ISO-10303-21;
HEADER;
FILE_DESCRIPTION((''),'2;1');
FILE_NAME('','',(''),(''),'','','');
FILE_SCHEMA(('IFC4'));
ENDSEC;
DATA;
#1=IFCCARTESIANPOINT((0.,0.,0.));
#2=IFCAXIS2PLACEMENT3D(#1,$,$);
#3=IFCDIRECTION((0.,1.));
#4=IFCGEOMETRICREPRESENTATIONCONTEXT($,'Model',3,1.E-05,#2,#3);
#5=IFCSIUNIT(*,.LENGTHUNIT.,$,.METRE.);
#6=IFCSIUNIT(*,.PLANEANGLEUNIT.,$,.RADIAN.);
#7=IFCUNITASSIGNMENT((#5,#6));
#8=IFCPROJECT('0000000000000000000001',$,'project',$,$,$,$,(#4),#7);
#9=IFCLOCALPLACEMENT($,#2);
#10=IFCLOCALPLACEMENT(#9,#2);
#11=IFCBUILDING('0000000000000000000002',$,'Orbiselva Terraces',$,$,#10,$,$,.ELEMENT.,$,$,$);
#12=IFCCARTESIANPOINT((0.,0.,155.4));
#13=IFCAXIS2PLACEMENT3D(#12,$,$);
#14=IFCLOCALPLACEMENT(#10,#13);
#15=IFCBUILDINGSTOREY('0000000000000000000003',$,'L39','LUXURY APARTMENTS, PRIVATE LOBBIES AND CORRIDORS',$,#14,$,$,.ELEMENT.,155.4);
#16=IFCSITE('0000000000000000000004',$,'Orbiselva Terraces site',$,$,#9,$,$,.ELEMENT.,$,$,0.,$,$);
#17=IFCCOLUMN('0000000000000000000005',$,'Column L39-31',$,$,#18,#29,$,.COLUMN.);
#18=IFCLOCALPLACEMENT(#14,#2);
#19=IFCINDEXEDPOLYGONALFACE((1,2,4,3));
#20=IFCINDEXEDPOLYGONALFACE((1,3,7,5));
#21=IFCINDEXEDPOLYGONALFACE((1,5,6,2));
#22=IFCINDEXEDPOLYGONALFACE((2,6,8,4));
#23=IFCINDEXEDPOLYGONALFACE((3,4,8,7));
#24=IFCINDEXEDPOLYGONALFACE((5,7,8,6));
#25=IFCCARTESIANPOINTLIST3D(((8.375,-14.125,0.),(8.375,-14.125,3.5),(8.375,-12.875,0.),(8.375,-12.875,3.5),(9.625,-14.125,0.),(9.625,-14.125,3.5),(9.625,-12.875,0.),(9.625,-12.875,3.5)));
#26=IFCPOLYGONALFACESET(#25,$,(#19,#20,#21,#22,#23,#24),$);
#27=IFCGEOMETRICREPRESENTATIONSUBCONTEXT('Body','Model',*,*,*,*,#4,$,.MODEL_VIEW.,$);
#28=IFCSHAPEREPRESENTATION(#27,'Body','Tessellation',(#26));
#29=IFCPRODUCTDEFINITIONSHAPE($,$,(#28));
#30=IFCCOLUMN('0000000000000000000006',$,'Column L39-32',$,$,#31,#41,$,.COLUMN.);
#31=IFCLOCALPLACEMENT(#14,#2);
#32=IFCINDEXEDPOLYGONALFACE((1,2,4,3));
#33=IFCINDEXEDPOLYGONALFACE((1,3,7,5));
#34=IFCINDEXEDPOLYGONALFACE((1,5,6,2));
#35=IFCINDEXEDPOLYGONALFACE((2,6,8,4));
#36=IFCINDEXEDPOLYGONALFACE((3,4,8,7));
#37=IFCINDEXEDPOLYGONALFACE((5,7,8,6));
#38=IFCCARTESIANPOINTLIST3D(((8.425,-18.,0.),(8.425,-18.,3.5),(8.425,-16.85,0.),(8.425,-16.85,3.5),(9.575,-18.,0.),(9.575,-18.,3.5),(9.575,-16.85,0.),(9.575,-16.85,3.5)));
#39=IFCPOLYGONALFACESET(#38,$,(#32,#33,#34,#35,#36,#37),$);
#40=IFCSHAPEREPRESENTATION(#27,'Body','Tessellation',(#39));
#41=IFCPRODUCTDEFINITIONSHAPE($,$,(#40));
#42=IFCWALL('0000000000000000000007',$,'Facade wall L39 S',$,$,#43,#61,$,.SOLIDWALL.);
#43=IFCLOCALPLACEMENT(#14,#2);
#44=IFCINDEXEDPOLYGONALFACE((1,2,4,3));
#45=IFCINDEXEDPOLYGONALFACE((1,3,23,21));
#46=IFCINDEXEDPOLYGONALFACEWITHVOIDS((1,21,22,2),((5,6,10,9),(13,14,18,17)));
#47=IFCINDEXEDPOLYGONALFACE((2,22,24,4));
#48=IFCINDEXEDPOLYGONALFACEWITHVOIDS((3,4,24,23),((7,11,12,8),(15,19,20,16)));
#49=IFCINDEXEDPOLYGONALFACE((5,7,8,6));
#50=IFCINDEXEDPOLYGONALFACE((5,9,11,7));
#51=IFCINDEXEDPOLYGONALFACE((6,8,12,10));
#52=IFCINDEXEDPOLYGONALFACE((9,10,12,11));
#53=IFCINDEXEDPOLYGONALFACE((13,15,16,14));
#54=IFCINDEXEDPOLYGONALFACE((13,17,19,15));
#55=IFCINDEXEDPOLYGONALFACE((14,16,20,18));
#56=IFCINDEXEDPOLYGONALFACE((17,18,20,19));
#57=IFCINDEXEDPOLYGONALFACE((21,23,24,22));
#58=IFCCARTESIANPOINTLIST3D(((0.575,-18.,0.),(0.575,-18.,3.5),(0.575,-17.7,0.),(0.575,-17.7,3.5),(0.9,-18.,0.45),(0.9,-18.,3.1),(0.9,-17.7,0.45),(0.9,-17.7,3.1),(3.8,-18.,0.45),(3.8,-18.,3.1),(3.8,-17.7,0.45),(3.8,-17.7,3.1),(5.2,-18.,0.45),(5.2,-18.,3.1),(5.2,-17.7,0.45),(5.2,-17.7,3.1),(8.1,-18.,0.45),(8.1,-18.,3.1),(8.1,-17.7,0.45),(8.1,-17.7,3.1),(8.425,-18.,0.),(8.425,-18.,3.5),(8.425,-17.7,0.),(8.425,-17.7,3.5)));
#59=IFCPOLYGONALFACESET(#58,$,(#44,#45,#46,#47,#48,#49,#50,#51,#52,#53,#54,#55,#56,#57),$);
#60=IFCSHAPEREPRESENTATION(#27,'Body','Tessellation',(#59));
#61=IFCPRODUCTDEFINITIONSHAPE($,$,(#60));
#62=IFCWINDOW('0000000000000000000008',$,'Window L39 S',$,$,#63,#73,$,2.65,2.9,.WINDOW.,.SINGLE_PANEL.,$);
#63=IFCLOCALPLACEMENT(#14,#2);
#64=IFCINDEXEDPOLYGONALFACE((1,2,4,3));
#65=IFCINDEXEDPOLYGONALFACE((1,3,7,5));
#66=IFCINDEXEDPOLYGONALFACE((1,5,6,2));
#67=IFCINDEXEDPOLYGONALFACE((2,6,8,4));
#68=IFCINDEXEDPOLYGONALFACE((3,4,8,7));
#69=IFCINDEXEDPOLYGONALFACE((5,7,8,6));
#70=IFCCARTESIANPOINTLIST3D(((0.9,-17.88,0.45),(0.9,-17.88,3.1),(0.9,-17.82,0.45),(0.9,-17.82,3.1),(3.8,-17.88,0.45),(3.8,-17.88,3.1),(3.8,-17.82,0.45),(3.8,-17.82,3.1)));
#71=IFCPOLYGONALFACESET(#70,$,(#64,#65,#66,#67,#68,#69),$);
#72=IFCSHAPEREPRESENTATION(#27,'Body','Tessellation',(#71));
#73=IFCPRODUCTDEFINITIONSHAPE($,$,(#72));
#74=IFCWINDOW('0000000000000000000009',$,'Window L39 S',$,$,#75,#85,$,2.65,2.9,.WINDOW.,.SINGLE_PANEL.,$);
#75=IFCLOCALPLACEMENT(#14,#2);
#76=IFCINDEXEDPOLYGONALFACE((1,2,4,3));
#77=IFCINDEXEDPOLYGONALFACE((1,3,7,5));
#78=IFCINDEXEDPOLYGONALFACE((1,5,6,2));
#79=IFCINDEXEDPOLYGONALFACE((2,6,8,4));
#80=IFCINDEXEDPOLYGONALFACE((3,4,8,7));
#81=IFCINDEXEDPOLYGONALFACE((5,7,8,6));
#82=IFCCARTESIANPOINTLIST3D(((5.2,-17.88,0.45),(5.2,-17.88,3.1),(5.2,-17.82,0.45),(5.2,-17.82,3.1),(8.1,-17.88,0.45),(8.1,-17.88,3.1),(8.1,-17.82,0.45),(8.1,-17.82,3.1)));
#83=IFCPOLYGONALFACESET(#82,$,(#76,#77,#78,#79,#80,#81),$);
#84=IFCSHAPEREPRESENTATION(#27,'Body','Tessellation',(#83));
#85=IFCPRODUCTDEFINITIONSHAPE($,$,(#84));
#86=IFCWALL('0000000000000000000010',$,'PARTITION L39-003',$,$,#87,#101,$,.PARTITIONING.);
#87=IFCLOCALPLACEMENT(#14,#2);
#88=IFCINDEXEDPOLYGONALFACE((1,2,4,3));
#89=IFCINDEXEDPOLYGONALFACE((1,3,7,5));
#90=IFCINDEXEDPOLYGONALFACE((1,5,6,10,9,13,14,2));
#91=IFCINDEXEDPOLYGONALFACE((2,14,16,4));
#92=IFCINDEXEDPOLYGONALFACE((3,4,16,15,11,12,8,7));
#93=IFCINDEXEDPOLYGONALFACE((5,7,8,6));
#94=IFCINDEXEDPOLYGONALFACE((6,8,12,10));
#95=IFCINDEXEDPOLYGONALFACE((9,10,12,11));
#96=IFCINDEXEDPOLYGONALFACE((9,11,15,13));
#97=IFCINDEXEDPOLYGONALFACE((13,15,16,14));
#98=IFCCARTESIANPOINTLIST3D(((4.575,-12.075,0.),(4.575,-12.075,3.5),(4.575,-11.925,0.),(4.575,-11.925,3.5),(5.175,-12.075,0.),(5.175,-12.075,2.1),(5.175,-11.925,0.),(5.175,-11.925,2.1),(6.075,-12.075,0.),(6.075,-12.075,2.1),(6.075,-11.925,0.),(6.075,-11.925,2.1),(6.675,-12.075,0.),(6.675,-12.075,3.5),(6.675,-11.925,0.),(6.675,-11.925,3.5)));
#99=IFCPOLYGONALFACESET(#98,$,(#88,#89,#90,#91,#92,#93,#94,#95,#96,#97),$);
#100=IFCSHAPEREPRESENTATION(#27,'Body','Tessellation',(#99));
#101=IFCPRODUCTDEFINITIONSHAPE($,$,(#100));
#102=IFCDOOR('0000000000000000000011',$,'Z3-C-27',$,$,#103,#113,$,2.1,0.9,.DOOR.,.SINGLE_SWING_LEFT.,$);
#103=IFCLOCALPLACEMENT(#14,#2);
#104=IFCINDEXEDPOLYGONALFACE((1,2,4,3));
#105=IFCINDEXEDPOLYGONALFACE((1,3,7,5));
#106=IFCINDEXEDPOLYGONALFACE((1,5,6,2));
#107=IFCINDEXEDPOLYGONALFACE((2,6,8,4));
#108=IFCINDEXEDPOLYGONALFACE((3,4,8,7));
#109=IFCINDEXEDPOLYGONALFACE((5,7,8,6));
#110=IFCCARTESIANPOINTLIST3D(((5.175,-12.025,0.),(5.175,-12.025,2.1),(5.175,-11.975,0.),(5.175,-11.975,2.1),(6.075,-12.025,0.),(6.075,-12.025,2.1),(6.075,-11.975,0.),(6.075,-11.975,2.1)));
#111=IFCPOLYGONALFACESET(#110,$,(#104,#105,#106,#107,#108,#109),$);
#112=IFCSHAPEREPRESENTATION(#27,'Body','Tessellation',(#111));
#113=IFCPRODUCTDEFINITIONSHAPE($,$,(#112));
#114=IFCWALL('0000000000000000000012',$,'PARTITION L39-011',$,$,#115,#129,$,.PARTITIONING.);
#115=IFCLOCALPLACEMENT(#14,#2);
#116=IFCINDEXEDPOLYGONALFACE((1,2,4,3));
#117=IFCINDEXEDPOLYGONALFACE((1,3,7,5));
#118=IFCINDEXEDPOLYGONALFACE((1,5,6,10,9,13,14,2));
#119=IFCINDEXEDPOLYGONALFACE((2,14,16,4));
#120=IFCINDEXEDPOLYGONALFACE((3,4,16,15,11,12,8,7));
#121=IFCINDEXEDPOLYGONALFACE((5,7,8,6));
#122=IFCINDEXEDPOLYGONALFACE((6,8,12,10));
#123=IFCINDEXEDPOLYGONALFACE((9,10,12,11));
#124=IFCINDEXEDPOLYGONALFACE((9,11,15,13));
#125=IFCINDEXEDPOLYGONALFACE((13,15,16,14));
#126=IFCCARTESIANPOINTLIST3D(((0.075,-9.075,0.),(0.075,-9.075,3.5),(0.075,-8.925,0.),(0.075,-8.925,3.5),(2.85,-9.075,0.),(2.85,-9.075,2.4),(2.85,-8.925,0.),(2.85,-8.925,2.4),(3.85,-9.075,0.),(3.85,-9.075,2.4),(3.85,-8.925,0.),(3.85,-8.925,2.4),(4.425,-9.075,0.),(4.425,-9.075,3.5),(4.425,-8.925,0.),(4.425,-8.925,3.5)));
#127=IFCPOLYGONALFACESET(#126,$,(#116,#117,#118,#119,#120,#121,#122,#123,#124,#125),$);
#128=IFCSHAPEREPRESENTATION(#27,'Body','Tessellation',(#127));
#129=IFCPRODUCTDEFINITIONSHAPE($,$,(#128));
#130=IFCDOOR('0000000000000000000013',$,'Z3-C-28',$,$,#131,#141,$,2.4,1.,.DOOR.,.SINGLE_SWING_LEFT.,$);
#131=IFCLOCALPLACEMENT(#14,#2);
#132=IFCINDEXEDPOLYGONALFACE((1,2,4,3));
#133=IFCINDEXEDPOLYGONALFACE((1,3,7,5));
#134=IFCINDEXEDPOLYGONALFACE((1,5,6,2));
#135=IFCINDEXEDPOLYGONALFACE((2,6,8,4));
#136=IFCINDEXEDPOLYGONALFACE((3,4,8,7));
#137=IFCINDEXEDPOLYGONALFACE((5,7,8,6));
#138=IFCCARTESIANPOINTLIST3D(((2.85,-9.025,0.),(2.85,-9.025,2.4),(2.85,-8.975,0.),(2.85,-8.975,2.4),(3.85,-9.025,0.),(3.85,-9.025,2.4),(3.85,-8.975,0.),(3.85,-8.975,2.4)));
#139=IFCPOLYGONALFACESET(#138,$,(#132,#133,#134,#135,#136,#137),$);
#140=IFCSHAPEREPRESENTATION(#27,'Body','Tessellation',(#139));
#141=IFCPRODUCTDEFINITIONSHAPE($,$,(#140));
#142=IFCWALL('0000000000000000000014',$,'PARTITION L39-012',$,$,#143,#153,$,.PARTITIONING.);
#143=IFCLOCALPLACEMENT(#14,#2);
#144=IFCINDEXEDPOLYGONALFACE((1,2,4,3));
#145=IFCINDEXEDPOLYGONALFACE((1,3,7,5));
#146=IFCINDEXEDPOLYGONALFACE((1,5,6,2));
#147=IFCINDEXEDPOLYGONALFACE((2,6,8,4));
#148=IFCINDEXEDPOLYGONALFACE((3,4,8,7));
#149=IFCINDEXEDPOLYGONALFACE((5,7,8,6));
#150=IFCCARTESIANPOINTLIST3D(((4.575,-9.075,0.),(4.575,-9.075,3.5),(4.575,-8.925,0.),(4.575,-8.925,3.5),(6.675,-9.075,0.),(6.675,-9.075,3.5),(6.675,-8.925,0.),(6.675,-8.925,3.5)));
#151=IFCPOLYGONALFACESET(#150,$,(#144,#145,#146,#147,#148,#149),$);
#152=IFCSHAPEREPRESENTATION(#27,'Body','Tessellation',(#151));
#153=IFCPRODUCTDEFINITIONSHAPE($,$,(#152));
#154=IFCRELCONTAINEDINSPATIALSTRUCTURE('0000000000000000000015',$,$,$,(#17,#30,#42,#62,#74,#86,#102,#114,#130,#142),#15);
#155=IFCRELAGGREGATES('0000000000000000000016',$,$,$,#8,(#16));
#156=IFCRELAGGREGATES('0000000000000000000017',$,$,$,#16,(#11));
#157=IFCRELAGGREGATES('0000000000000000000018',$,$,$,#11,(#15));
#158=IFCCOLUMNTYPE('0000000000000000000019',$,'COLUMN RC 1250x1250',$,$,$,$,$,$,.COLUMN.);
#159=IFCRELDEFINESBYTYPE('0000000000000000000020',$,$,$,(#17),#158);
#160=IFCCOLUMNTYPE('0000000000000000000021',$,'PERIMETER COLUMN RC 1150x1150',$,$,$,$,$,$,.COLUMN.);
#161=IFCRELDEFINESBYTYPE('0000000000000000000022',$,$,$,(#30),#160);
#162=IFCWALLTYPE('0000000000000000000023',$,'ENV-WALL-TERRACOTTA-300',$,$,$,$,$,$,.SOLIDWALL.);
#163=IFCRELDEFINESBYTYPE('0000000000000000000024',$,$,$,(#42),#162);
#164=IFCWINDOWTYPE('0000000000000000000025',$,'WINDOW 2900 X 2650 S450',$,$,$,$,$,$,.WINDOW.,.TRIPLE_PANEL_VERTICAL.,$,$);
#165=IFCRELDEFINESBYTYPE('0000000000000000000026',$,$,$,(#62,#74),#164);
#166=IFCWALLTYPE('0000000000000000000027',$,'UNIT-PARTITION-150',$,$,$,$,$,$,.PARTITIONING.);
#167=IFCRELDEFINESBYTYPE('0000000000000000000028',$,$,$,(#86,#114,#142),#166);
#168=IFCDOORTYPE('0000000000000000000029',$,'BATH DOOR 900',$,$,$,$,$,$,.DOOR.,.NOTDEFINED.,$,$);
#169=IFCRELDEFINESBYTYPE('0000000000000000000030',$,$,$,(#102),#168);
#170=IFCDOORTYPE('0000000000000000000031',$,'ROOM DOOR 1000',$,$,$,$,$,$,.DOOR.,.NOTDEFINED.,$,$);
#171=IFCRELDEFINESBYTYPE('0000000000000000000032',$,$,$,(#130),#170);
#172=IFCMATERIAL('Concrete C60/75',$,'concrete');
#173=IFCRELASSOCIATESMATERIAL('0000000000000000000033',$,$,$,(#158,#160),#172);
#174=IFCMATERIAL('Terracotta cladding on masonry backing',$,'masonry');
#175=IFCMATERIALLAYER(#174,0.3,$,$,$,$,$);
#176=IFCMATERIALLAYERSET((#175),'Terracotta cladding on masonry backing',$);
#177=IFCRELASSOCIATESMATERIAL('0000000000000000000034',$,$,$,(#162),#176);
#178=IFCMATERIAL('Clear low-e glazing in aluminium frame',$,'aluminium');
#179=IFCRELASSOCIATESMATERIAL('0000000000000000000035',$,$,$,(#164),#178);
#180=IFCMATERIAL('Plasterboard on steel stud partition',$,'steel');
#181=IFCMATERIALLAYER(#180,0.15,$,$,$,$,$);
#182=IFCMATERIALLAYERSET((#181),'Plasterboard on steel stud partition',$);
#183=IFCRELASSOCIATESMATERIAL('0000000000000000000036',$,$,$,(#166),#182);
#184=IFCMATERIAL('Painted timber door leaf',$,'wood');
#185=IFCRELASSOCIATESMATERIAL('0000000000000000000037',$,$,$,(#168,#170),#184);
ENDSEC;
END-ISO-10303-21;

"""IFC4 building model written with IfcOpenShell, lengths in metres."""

from ifc_helpers import new_model, si_unit, direction, frame, frame_2d, origin, origin_2d, place, context, subcontext, project, spatial, rectangle, extrude, material, layer, layer_set, material_profile, profile_set, type_object, element, fill, save


model = new_model("IFC4")

# Units and contexts
model_context = context("Model", 3, precision=1e-05, world=origin(), true_north=direction((0.0, 1.0)))
body_context = subcontext(model_context, "Body", "Model", "MODEL_VIEW")
ifc_project = project(units=[si_unit("LENGTHUNIT", "METRE"), si_unit("PLANEANGLEUNIT", "RADIAN")], contexts=[model_context])

# Site, building, storey
site_placement = place(None, origin())
site = spatial("IfcSite", under=ifc_project, at=site_placement, Name="Orbiselva Terraces site", CompositionType="ELEMENT", RefElevation=0.0)
building_placement = place(site_placement, origin())
building = spatial("IfcBuilding", under=site, at=building_placement, Name="Orbiselva Terraces", CompositionType="ELEMENT")
storey_placement = place(building_placement, frame((0.0, 0.0, 155.4)))
storey = spatial("IfcBuildingStorey", under=building, at=storey_placement, Name="L39", Description="LUXURY APARTMENTS, PRIVATE LOBBIES AND CORRIDORS", CompositionType="ELEMENT", Elevation=155.4)

# Columns
ifc_material_1 = material(Name="Concrete C60/75", Category="concrete")
ifc_material_profile_1 = material_profile(ifc_material_1, rectangle(XDim=1.25, YDim=1.25, at=origin_2d()), Name="RC 1250x1250")
ifc_profile_set_1 = profile_set([ifc_material_profile_1], Name="Concrete C60/75")
column_type_1 = type_object("IfcColumnType", Name="COLUMN RC 1250x1250", PredefinedType="COLUMN", material=ifc_profile_set_1)
column_1_placement = place(storey_placement, frame((9.0, -13.5, 0.0), z_axis=(0.0, 0.0, 1.0), x_axis=(1.0, 0.0, 0.0)))
element("IfcColumn", 1, at=column_1_placement, inside=storey, type_object=column_type_1, Name="Column L39-31", PredefinedType="COLUMN", context=body_context, shape_type="SweptSolid", body=[
    extrude(rectangle(XDim=1.25, YDim=1.25, at=origin_2d()), origin(), (0.0, 0.0, 1.0), 3.5),
])
ifc_material_profile_2 = material_profile(ifc_material_1, rectangle(XDim=1.15, YDim=1.15, at=origin_2d()), Name="RC 1150x1150")
ifc_profile_set_2 = profile_set([ifc_material_profile_2], Name="Concrete C60/75")
column_type_2 = type_object("IfcColumnType", Name="PERIMETER COLUMN RC 1150x1150", PredefinedType="COLUMN", material=ifc_profile_set_2)
column_2_placement = place(storey_placement, frame((9.0, -17.425, 0.0), z_axis=(0.0, 0.0, 1.0), x_axis=(1.0, 0.0, 0.0)))
element("IfcColumn", 2, at=column_2_placement, inside=storey, type_object=column_type_2, Name="Column L39-32", PredefinedType="COLUMN", context=body_context, shape_type="SweptSolid", body=[
    extrude(rectangle(XDim=1.15, YDim=1.15, at=origin_2d()), origin(), (0.0, 0.0, 1.0), 3.5),
])

# Wall, openings, windows
ifc_material_2 = material(Name="Terracotta cladding on masonry backing", Category="masonry")
ifc_layer_1 = layer(ifc_material_2, 0.3)
ifc_layer_set_1 = layer_set([ifc_layer_1], Name="Terracotta cladding on masonry backing")
wall_type_1 = type_object("IfcWallType", Name="ENV-WALL-TERRACOTTA-300", PredefinedType="SOLIDWALL", material=ifc_layer_set_1)
wall_1_placement = place(storey_placement, frame((8.425, -17.85, 0.0), z_axis=(0.0, 0.0, 1.0), x_axis=(-1.0, 0.0, 0.0)))
wall_1 = element("IfcWall", 3, at=wall_1_placement, inside=storey, type_object=wall_type_1, Name="Facade wall L39 S", PredefinedType="SOLIDWALL", context=body_context, shape_type="SweptSolid", body=[
    extrude(rectangle(XDim=7.85, YDim=0.3, at=frame_2d((3.925, 0.0))), origin(), (0.0, 0.0, 1.0), 3.5),
])
opening_1_placement = place(wall_1_placement, frame((4.625, 0.0, 0.45)))
opening_1 = element("IfcOpeningElement", 4, at=opening_1_placement, cuts=wall_1, PredefinedType="OPENING", context=body_context, shape_type="SweptSolid", body=[
    extrude(rectangle(XDim=2.9, YDim=2.65, at=frame_2d((1.45, 1.325))), frame((0.0, 0.16, 0.0), z_axis=(0.0, -1.0, 0.0), x_axis=(1.0, 0.0, 0.0)), (0.0, 0.0, 1.0), 0.32),
])
opening_2_placement = place(wall_1_placement, frame((0.325, 0.0, 0.45)))
opening_2 = element("IfcOpeningElement", 5, at=opening_2_placement, cuts=wall_1, PredefinedType="OPENING", context=body_context, shape_type="SweptSolid", body=[
    extrude(rectangle(XDim=2.9, YDim=2.65, at=frame_2d((1.45, 1.325))), frame((0.0, 0.16, 0.0), z_axis=(0.0, -1.0, 0.0), x_axis=(1.0, 0.0, 0.0)), (0.0, 0.0, 1.0), 0.32),
])
ifc_material_3 = material(Name="Clear low-e glazing in aluminium frame", Category="aluminium")
window_type = type_object("IfcWindowType", Name="WINDOW 2900 X 2650 S450", PartitioningType="TRIPLE_PANEL_VERTICAL", PredefinedType="WINDOW", material=ifc_material_3)
window_1_placement = place(opening_1_placement, origin())
window_1 = element("IfcWindow", 6, at=window_1_placement, inside=storey, type_object=window_type, Name="Window L39 S", OverallHeight=2.65, OverallWidth=2.9, PartitioningType="SINGLE_PANEL", PredefinedType="WINDOW", context=body_context, shape_type="SweptSolid", body=[
    extrude(rectangle(XDim=2.9, YDim=2.65, at=frame_2d((1.45, 1.325))), frame((0.0, 0.03, 0.0), z_axis=(0.0, -1.0, 0.0), x_axis=(1.0, 0.0, 0.0)), (0.0, 0.0, 1.0), 0.06),
])
fill(opening_1, window_1)
window_2_placement = place(opening_2_placement, origin())
window_2 = element("IfcWindow", 7, at=window_2_placement, inside=storey, type_object=window_type, Name="Window L39 S", OverallHeight=2.65, OverallWidth=2.9, PartitioningType="SINGLE_PANEL", PredefinedType="WINDOW", context=body_context, shape_type="SweptSolid", body=[
    extrude(rectangle(XDim=2.9, YDim=2.65, at=frame_2d((1.45, 1.325))), frame((0.0, 0.03, 0.0), z_axis=(0.0, -1.0, 0.0), x_axis=(1.0, 0.0, 0.0)), (0.0, 0.0, 1.0), 0.06),
])
fill(opening_2, window_2)

# Walls, openings, doors
ifc_material_4 = material(Name="Plasterboard on steel stud partition", Category="steel")
ifc_layer_2 = layer(ifc_material_4, 0.15)
ifc_layer_set_2 = layer_set([ifc_layer_2], Name="Plasterboard on steel stud partition")
wall_type_2 = type_object("IfcWallType", Name="UNIT-PARTITION-150", PredefinedType="PARTITIONING", material=ifc_layer_set_2)
wall_2_placement = place(storey_placement, frame((4.575, -12.0, 0.0), z_axis=(0.0, 0.0, 1.0), x_axis=(1.0, 0.0, 0.0)))
wall_2 = element("IfcWall", 8, at=wall_2_placement, inside=storey, type_object=wall_type_2, Name="PARTITION L39-003", PredefinedType="PARTITIONING", context=body_context, shape_type="SweptSolid", body=[
    extrude(rectangle(XDim=2.1, YDim=0.15, at=frame_2d((1.05, 0.0))), origin(), (0.0, 0.0, 1.0), 3.5),
])
opening_3_placement = place(wall_2_placement, frame((0.6, 0.0, 0.0)))
opening_3 = element("IfcOpeningElement", 9, at=opening_3_placement, cuts=wall_2, PredefinedType="OPENING", context=body_context, shape_type="SweptSolid", body=[
    extrude(rectangle(XDim=0.9, YDim=2.1, at=frame_2d((0.45, 1.05))), frame((0.0, 0.085, 0.0), z_axis=(0.0, -1.0, 0.0), x_axis=(1.0, 0.0, 0.0)), (0.0, 0.0, 1.0), 0.17),
])
ifc_material_5 = material(Name="Painted timber door leaf", Category="wood")
door_type_1 = type_object("IfcDoorType", Name="BATH DOOR 900", OperationType="NOTDEFINED", PredefinedType="DOOR", material=ifc_material_5)
door_1_placement = place(opening_3_placement, origin())
door_1 = element("IfcDoor", 10, at=door_1_placement, inside=storey, type_object=door_type_1, Name="Z3-C-27", OperationType="SINGLE_SWING_LEFT", OverallHeight=2.1, OverallWidth=0.9, PredefinedType="DOOR", context=body_context, shape_type="SweptSolid", body=[
    extrude(rectangle(XDim=0.9, YDim=2.1, at=frame_2d((0.45, 1.05))), frame((0.0, 0.025, 0.0), z_axis=(0.0, -1.0, 0.0), x_axis=(1.0, 0.0, 0.0)), (0.0, 0.0, 1.0), 0.05),
])
fill(opening_3, door_1)
wall_3_placement = place(storey_placement, frame((4.425, -9.0, 0.0), z_axis=(0.0, 0.0, 1.0), x_axis=(-1.0, 0.0, 0.0)))
wall_3 = element("IfcWall", 11, at=wall_3_placement, inside=storey, type_object=wall_type_2, Name="PARTITION L39-011", PredefinedType="PARTITIONING", context=body_context, shape_type="SweptSolid", body=[
    extrude(rectangle(XDim=4.35, YDim=0.15, at=frame_2d((2.175, 0.0))), origin(), (0.0, 0.0, 1.0), 3.5),
])
opening_4_placement = place(wall_3_placement, frame((0.575, 0.0, 0.0)))
opening_4 = element("IfcOpeningElement", 12, at=opening_4_placement, cuts=wall_3, PredefinedType="OPENING", context=body_context, shape_type="SweptSolid", body=[
    extrude(rectangle(XDim=1.0, YDim=2.4, at=frame_2d((0.5, 1.2))), frame((0.0, 0.085, 0.0), z_axis=(0.0, -1.0, 0.0), x_axis=(1.0, 0.0, 0.0)), (0.0, 0.0, 1.0), 0.17),
])
door_type_2 = type_object("IfcDoorType", Name="ROOM DOOR 1000", OperationType="NOTDEFINED", PredefinedType="DOOR", material=ifc_material_5)
door_2_placement = place(opening_4_placement, origin())
door_2 = element("IfcDoor", 13, at=door_2_placement, inside=storey, type_object=door_type_2, Name="Z3-C-28", OperationType="SINGLE_SWING_LEFT", OverallHeight=2.4, OverallWidth=1.0, PredefinedType="DOOR", context=body_context, shape_type="SweptSolid", body=[
    extrude(rectangle(XDim=1.0, YDim=2.4, at=frame_2d((0.5, 1.2))), frame((0.0, 0.025, 0.0), z_axis=(0.0, -1.0, 0.0), x_axis=(1.0, 0.0, 0.0)), (0.0, 0.0, 1.0), 0.05),
])
fill(opening_4, door_2)

# Wall
wall_4_placement = place(storey_placement, frame((4.575, -9.0, 0.0), z_axis=(0.0, 0.0, 1.0), x_axis=(1.0, 0.0, 0.0)))
element("IfcWall", 14, at=wall_4_placement, inside=storey, type_object=wall_type_2, Name="PARTITION L39-012", PredefinedType="PARTITIONING", context=body_context, shape_type="SweptSolid", body=[
    extrude(rectangle(XDim=2.1, YDim=0.15, at=frame_2d((1.05, 0.0))), origin(), (0.0, 0.0, 1.0), 3.5),
])

save(model, "model.ifc")
